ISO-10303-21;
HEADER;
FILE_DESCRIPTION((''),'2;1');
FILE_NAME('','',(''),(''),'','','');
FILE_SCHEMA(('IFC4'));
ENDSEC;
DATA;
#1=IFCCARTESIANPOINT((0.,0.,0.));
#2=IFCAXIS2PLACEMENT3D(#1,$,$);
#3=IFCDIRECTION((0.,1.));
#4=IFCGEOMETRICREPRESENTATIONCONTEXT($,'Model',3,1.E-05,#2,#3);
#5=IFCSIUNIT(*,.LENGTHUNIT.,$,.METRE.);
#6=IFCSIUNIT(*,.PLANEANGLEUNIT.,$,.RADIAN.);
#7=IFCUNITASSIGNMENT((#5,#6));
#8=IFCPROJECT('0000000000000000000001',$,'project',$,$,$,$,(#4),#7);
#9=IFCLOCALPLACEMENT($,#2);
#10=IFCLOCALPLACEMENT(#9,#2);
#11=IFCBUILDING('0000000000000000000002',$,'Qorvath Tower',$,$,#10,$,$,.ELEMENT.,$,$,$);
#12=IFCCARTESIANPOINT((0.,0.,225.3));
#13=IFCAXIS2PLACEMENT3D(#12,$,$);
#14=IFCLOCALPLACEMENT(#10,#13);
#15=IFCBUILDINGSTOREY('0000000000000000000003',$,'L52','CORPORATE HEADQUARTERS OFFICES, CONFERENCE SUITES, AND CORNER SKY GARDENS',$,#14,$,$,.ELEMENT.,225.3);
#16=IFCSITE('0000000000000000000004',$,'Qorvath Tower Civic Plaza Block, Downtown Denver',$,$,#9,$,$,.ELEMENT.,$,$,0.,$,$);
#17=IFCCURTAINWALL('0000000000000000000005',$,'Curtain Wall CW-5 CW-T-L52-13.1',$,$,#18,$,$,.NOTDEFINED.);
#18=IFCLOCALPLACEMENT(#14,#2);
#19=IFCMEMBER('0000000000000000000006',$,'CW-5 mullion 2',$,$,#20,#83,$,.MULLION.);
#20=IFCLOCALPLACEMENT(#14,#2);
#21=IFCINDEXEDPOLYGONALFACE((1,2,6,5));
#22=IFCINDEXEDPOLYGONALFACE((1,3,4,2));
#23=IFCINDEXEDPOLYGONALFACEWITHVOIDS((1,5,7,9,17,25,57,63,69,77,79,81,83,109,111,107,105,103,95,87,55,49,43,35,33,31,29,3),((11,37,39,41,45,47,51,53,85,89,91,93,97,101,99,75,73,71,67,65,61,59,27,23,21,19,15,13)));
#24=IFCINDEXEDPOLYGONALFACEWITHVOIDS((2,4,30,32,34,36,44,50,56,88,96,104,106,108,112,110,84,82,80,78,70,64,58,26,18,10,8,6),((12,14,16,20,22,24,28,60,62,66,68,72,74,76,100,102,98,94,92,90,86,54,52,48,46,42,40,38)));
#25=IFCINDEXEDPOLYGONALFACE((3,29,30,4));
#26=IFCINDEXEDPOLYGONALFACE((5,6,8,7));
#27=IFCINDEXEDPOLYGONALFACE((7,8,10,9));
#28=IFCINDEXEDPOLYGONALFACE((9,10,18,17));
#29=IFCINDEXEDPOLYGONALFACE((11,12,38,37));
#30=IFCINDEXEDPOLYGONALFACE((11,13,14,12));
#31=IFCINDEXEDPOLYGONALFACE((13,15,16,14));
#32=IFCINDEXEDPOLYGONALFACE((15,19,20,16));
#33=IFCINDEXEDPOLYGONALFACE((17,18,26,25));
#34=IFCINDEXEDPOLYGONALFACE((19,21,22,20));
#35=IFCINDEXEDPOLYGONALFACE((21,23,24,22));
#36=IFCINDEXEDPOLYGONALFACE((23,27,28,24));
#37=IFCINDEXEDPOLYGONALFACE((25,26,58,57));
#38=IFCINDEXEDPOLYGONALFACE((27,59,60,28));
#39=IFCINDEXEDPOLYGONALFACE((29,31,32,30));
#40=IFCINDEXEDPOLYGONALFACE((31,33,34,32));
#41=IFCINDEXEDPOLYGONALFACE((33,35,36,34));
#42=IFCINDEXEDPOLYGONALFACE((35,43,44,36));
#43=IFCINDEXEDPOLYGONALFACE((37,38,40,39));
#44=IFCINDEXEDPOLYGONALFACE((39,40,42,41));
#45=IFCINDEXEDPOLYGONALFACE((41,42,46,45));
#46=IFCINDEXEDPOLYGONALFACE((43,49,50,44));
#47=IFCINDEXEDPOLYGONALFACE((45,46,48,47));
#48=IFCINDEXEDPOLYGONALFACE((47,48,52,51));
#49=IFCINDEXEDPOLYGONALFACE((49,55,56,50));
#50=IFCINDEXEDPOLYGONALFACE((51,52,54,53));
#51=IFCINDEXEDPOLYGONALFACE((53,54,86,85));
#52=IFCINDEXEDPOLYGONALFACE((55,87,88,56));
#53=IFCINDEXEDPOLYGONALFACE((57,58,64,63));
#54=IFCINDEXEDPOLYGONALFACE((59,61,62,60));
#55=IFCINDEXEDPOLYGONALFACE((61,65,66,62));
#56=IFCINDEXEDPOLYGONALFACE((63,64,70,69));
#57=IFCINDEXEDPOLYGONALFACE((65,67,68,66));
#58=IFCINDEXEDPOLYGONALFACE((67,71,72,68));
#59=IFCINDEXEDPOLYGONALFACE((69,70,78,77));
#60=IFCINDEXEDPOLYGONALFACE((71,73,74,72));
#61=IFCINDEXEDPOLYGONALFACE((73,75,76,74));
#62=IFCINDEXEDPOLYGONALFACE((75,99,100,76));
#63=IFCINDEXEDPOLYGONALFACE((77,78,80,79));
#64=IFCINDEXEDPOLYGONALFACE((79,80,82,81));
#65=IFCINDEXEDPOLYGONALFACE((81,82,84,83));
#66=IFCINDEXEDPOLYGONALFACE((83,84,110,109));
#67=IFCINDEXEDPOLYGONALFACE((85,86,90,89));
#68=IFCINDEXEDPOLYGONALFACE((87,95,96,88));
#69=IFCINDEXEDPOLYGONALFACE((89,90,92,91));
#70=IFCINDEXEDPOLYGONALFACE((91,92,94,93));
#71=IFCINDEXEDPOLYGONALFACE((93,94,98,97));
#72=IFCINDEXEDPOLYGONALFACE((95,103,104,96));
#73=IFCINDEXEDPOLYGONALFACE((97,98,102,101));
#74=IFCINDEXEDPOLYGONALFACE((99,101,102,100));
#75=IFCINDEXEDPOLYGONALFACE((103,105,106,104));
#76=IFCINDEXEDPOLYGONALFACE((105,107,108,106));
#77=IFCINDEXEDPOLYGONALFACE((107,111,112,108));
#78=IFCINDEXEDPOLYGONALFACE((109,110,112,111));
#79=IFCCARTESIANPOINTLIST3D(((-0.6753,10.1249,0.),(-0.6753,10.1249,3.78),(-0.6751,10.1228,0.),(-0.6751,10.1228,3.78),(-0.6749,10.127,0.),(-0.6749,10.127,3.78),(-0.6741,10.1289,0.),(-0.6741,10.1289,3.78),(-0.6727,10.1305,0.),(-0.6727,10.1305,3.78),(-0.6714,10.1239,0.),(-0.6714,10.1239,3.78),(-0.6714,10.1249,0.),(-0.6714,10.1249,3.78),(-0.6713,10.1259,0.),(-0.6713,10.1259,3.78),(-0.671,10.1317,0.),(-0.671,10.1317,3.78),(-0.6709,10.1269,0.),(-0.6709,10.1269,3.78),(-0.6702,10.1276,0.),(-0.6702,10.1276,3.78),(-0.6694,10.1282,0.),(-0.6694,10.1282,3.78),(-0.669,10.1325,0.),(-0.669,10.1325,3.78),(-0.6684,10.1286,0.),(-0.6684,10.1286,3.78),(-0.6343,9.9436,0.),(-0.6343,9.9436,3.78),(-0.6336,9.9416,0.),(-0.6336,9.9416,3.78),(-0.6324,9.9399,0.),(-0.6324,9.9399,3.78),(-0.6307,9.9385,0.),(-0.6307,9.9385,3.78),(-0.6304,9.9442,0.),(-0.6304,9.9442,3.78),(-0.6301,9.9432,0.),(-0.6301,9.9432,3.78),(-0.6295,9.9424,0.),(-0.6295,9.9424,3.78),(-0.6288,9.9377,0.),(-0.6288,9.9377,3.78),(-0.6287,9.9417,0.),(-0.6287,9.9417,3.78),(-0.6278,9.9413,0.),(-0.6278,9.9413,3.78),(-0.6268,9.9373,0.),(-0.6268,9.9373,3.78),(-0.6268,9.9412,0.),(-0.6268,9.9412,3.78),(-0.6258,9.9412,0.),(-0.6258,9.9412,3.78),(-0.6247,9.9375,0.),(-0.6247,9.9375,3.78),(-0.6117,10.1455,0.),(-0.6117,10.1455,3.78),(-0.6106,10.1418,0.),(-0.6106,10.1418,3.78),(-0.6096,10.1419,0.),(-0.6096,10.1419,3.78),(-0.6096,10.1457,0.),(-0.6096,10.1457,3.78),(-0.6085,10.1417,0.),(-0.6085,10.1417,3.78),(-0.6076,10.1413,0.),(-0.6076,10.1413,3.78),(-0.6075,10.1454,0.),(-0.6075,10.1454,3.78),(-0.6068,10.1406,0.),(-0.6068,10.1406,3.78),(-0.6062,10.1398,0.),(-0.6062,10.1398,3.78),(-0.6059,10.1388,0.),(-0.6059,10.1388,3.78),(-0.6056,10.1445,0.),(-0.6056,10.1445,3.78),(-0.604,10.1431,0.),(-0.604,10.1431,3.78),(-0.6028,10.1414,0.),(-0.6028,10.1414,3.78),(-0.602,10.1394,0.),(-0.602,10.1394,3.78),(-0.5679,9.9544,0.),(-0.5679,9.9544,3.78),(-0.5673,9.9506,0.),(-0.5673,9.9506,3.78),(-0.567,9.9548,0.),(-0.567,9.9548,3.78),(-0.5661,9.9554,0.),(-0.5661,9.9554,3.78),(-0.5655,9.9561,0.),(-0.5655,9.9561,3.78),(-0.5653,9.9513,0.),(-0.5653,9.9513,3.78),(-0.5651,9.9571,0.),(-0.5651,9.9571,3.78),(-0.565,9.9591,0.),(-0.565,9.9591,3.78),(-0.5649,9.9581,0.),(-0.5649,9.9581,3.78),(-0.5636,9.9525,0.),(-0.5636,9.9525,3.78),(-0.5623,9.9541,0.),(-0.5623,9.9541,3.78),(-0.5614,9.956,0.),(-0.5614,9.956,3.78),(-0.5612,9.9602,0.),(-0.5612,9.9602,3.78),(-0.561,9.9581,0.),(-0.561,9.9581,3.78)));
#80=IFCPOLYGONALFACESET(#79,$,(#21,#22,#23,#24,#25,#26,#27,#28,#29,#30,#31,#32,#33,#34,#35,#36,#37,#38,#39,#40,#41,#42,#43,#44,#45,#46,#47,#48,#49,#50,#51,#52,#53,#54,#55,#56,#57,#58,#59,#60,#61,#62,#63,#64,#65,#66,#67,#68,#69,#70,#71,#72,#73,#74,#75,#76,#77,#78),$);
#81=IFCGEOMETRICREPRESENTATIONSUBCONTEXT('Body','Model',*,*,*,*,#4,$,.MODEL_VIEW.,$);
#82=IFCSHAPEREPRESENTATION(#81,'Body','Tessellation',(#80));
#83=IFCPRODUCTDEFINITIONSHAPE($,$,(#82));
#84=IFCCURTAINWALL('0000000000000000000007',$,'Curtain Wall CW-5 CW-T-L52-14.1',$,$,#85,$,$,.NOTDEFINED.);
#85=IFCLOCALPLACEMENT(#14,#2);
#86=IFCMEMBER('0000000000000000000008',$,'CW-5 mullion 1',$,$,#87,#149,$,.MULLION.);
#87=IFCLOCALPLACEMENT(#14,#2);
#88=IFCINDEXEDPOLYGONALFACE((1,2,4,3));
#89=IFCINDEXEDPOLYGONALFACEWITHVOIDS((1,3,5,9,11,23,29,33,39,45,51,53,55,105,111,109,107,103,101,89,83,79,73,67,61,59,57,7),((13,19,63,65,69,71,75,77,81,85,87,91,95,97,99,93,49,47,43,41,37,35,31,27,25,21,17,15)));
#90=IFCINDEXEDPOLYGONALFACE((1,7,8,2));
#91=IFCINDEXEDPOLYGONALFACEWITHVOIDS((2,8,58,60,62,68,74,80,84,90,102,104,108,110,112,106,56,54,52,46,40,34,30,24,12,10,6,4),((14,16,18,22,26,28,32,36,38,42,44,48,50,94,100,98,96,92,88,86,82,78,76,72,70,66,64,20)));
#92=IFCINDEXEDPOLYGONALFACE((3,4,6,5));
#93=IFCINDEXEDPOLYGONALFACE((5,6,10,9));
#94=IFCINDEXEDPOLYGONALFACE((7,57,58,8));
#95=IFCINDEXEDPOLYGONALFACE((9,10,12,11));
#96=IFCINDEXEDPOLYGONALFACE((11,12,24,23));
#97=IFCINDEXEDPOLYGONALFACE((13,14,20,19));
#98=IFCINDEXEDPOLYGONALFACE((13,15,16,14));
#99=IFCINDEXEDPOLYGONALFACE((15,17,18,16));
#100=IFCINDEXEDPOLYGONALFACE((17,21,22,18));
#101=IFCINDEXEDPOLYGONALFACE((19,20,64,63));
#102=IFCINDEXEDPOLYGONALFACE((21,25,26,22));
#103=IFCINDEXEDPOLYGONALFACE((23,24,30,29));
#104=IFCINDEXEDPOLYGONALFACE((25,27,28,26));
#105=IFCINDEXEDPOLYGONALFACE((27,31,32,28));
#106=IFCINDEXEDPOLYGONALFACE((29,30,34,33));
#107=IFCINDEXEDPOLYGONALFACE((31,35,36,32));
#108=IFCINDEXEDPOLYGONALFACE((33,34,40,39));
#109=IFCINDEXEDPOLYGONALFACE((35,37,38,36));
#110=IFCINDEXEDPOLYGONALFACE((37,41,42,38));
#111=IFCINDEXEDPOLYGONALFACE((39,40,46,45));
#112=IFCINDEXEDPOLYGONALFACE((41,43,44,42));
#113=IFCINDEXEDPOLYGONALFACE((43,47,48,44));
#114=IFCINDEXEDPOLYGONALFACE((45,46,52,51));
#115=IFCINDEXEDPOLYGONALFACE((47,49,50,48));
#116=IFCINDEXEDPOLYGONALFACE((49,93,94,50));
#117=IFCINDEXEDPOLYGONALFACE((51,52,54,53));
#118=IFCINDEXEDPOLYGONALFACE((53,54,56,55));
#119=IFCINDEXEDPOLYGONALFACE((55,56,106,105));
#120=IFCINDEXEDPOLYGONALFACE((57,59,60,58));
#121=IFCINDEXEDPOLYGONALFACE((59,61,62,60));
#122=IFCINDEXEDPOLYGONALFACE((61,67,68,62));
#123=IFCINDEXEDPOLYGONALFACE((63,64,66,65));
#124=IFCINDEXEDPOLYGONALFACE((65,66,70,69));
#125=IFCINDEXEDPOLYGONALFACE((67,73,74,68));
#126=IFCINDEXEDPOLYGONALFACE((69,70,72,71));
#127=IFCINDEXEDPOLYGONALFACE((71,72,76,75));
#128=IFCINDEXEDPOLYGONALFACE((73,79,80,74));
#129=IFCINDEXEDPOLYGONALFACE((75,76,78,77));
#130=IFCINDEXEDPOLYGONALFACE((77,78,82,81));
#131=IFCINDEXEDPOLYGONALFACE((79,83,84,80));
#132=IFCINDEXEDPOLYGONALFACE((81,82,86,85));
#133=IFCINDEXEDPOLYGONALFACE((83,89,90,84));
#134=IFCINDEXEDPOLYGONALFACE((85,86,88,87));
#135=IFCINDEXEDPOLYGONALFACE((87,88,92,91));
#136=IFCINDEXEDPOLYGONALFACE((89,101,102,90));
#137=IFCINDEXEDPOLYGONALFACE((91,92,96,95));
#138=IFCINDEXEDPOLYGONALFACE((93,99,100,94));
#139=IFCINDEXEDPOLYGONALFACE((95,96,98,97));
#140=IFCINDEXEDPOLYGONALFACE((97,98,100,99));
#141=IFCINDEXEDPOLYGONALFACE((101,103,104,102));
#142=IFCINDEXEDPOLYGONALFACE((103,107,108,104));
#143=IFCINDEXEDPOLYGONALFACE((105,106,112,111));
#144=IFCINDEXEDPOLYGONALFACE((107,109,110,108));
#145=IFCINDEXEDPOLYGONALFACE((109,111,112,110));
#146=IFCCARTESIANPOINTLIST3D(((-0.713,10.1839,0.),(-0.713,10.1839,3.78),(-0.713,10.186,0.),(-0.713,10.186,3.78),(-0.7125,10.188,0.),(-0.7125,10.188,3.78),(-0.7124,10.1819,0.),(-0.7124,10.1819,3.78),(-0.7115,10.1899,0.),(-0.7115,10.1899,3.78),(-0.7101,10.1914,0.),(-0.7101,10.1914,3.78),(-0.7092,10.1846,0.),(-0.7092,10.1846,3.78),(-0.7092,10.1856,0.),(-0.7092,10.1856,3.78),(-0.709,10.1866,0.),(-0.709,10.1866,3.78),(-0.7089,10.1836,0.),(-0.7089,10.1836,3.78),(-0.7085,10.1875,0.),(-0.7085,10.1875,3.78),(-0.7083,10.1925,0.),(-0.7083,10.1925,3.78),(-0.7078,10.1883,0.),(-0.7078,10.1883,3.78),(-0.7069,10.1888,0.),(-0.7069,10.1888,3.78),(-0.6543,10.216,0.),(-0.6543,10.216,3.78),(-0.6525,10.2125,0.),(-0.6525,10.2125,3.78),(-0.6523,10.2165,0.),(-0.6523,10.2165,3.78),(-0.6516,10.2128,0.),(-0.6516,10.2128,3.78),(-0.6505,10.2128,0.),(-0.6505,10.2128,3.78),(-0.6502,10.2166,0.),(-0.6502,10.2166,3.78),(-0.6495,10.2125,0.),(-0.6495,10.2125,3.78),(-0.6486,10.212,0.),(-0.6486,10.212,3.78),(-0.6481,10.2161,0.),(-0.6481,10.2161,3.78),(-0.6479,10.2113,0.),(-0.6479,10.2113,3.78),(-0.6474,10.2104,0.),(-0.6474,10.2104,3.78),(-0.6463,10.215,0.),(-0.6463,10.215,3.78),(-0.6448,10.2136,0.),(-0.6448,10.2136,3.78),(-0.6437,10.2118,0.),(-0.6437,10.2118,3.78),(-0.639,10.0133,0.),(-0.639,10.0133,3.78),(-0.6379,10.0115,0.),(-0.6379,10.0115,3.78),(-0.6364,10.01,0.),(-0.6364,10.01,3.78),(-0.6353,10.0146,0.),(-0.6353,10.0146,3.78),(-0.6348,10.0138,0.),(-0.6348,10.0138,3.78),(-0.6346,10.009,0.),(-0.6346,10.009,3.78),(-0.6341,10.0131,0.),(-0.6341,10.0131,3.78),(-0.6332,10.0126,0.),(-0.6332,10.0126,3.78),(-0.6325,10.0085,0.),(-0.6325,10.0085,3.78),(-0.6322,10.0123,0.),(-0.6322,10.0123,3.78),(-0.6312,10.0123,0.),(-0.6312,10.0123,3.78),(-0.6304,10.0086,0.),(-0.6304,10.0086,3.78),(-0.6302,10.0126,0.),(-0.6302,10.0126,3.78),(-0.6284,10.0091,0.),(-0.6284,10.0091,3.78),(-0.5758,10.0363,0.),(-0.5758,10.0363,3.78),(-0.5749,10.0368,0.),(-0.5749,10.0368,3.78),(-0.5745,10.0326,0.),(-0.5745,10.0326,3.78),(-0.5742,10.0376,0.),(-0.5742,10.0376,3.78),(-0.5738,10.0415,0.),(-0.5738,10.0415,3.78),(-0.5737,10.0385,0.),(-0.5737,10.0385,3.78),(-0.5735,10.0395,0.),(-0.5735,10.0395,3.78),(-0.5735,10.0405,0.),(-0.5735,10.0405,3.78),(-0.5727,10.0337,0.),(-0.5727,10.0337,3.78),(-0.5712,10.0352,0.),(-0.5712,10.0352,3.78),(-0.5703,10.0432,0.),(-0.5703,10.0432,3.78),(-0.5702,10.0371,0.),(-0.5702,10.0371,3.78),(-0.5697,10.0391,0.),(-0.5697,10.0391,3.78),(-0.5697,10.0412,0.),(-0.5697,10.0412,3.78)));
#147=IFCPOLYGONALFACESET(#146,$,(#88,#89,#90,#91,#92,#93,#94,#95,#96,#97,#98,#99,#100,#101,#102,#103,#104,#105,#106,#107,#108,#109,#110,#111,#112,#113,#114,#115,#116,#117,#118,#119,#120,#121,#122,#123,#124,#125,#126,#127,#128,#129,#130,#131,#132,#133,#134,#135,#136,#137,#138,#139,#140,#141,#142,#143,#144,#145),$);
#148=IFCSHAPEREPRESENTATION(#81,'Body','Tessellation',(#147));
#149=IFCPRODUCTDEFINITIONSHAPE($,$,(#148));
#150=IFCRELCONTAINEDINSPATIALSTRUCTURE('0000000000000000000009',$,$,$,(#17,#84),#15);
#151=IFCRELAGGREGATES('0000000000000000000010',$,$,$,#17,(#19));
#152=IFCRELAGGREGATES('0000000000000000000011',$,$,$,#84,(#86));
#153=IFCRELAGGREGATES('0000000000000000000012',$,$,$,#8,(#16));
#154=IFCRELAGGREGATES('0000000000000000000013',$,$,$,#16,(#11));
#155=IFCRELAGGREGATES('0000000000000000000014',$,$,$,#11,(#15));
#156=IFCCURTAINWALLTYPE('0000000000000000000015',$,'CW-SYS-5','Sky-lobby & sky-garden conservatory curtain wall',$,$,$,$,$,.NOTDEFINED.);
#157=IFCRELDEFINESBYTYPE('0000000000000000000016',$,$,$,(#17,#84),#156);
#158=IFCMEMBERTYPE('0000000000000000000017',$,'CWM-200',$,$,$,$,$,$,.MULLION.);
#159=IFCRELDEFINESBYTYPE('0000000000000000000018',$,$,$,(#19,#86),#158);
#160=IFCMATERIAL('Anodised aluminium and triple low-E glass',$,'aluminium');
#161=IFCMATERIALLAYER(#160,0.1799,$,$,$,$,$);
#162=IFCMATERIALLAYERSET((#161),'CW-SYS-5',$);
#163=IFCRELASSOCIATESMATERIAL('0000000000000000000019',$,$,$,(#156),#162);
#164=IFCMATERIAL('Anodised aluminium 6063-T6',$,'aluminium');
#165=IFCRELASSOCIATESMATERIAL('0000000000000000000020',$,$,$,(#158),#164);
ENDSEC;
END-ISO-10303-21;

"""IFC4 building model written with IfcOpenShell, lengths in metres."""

from ifc_helpers import new_model, si_unit, direction, frame, origin, origin_2d, place, context, subcontext, project, spatial, hollow_rectangle, extrude, material, layer, layer_set, material_profile, profile_set, type_object, element, aggregate, save


model = new_model("IFC4")

# Units and contexts
model_context = context("Model", 3, precision=1e-05, world=origin(), true_north=direction((0.0, 1.0)))
body_context = subcontext(model_context, "Body", "Model", "MODEL_VIEW")
ifc_project = project(units=[si_unit("LENGTHUNIT", "METRE"), si_unit("PLANEANGLEUNIT", "RADIAN")], contexts=[model_context])

# Site, building, storey
site_placement = place(None, origin())
site = spatial("IfcSite", under=ifc_project, at=site_placement, Name="Qorvath Tower Civic Plaza Block, Downtown Denver", CompositionType="ELEMENT", RefElevation=0.0)
building_placement = place(site_placement, origin())
building = spatial("IfcBuilding", under=site, at=building_placement, Name="Qorvath Tower", CompositionType="ELEMENT")
storey_placement = place(building_placement, frame((0.0, 0.0, 225.3)))
storey = spatial("IfcBuildingStorey", under=building, at=storey_placement, Name="L52", Description="CORPORATE HEADQUARTERS OFFICES, CONFERENCE SUITES, AND CORNER SKY GARDENS", CompositionType="ELEMENT", Elevation=225.3)

# Curtain wall, member
ifc_material_1 = material(Name="Anodised aluminium and triple low-E glass", Category="aluminium")
ifc_layer_1 = layer(ifc_material_1, 0.1799)
ifc_layer_set_1 = layer_set([ifc_layer_1], Name="CW-SYS-5")
curtain_wall_type = type_object("IfcCurtainWallType", Name="CW-SYS-5", Description="Sky-lobby & sky-garden conservatory curtain wall", PredefinedType="NOTDEFINED", material=ifc_layer_set_1)
curtain_wall_1_placement = place(storey_placement, origin())
curtain_wall_1 = element("IfcCurtainWall", 1, at=curtain_wall_1_placement, inside=storey, type_object=curtain_wall_type, Name="Curtain Wall CW-5 CW-T-L52-13.1", PredefinedType="NOTDEFINED")
ifc_material_2 = material(Name="Anodised aluminium 6063-T6", Category="aluminium")
ifc_material_profile_1 = material_profile(ifc_material_2, hollow_rectangle(XDim=0.075, YDim=0.2, WallThickness=0.0039, InnerFilletRadius=0.0039, OuterFilletRadius=0.0081, at=origin_2d()), Name="CWM 200x75")
ifc_profile_set_1 = profile_set([ifc_material_profile_1], Name="Anodised aluminium 6063-T6")
member_type_1 = type_object("IfcMemberType", Name="CWM-200", PredefinedType="MULLION", material=ifc_profile_set_1)
member_1_placement = place(storey_placement, frame((-0.6182, 10.0415, 0.0), z_axis=(0.0, 0.0, 1.0), x_axis=(-0.975053, -0.22197, 0.0)))
member_1 = element("IfcMember", 2, at=member_1_placement, type_object=member_type_1, Name="CW-5 mullion 2", PredefinedType="MULLION", context=body_context, shape_type="SweptSolid", body=[
    extrude(hollow_rectangle(XDim=0.075, YDim=0.2, WallThickness=0.0039, InnerFilletRadius=0.0039, OuterFilletRadius=0.0081, at=origin_2d()), origin(), (0.0, 0.0, 1.0), 3.78),
])

# Curtain wall, member
curtain_wall_2_placement = place(storey_placement, origin())
curtain_wall_2 = element("IfcCurtainWall", 3, at=curtain_wall_2_placement, inside=storey, type_object=curtain_wall_type, Name="Curtain Wall CW-5 CW-T-L52-14.1", PredefinedType="NOTDEFINED")
member_2_placement = place(storey_placement, frame((-0.6414, 10.1125, 0.0), z_axis=(0.0, 0.0, 1.0), x_axis=(-0.916785, -0.399382, 0.0)))
member_2 = element("IfcMember", 4, at=member_2_placement, type_object=member_type_1, Name="CW-5 mullion 1", PredefinedType="MULLION", context=body_context, shape_type="SweptSolid", body=[
    extrude(hollow_rectangle(XDim=0.075, YDim=0.2, WallThickness=0.0039, InnerFilletRadius=0.0039, OuterFilletRadius=0.0081, at=origin_2d()), origin(), (0.0, 0.0, 1.0), 3.78),
])

aggregate(curtain_wall_1, [member_1])
aggregate(curtain_wall_2, [member_2])

save(model, "model.ifc")
